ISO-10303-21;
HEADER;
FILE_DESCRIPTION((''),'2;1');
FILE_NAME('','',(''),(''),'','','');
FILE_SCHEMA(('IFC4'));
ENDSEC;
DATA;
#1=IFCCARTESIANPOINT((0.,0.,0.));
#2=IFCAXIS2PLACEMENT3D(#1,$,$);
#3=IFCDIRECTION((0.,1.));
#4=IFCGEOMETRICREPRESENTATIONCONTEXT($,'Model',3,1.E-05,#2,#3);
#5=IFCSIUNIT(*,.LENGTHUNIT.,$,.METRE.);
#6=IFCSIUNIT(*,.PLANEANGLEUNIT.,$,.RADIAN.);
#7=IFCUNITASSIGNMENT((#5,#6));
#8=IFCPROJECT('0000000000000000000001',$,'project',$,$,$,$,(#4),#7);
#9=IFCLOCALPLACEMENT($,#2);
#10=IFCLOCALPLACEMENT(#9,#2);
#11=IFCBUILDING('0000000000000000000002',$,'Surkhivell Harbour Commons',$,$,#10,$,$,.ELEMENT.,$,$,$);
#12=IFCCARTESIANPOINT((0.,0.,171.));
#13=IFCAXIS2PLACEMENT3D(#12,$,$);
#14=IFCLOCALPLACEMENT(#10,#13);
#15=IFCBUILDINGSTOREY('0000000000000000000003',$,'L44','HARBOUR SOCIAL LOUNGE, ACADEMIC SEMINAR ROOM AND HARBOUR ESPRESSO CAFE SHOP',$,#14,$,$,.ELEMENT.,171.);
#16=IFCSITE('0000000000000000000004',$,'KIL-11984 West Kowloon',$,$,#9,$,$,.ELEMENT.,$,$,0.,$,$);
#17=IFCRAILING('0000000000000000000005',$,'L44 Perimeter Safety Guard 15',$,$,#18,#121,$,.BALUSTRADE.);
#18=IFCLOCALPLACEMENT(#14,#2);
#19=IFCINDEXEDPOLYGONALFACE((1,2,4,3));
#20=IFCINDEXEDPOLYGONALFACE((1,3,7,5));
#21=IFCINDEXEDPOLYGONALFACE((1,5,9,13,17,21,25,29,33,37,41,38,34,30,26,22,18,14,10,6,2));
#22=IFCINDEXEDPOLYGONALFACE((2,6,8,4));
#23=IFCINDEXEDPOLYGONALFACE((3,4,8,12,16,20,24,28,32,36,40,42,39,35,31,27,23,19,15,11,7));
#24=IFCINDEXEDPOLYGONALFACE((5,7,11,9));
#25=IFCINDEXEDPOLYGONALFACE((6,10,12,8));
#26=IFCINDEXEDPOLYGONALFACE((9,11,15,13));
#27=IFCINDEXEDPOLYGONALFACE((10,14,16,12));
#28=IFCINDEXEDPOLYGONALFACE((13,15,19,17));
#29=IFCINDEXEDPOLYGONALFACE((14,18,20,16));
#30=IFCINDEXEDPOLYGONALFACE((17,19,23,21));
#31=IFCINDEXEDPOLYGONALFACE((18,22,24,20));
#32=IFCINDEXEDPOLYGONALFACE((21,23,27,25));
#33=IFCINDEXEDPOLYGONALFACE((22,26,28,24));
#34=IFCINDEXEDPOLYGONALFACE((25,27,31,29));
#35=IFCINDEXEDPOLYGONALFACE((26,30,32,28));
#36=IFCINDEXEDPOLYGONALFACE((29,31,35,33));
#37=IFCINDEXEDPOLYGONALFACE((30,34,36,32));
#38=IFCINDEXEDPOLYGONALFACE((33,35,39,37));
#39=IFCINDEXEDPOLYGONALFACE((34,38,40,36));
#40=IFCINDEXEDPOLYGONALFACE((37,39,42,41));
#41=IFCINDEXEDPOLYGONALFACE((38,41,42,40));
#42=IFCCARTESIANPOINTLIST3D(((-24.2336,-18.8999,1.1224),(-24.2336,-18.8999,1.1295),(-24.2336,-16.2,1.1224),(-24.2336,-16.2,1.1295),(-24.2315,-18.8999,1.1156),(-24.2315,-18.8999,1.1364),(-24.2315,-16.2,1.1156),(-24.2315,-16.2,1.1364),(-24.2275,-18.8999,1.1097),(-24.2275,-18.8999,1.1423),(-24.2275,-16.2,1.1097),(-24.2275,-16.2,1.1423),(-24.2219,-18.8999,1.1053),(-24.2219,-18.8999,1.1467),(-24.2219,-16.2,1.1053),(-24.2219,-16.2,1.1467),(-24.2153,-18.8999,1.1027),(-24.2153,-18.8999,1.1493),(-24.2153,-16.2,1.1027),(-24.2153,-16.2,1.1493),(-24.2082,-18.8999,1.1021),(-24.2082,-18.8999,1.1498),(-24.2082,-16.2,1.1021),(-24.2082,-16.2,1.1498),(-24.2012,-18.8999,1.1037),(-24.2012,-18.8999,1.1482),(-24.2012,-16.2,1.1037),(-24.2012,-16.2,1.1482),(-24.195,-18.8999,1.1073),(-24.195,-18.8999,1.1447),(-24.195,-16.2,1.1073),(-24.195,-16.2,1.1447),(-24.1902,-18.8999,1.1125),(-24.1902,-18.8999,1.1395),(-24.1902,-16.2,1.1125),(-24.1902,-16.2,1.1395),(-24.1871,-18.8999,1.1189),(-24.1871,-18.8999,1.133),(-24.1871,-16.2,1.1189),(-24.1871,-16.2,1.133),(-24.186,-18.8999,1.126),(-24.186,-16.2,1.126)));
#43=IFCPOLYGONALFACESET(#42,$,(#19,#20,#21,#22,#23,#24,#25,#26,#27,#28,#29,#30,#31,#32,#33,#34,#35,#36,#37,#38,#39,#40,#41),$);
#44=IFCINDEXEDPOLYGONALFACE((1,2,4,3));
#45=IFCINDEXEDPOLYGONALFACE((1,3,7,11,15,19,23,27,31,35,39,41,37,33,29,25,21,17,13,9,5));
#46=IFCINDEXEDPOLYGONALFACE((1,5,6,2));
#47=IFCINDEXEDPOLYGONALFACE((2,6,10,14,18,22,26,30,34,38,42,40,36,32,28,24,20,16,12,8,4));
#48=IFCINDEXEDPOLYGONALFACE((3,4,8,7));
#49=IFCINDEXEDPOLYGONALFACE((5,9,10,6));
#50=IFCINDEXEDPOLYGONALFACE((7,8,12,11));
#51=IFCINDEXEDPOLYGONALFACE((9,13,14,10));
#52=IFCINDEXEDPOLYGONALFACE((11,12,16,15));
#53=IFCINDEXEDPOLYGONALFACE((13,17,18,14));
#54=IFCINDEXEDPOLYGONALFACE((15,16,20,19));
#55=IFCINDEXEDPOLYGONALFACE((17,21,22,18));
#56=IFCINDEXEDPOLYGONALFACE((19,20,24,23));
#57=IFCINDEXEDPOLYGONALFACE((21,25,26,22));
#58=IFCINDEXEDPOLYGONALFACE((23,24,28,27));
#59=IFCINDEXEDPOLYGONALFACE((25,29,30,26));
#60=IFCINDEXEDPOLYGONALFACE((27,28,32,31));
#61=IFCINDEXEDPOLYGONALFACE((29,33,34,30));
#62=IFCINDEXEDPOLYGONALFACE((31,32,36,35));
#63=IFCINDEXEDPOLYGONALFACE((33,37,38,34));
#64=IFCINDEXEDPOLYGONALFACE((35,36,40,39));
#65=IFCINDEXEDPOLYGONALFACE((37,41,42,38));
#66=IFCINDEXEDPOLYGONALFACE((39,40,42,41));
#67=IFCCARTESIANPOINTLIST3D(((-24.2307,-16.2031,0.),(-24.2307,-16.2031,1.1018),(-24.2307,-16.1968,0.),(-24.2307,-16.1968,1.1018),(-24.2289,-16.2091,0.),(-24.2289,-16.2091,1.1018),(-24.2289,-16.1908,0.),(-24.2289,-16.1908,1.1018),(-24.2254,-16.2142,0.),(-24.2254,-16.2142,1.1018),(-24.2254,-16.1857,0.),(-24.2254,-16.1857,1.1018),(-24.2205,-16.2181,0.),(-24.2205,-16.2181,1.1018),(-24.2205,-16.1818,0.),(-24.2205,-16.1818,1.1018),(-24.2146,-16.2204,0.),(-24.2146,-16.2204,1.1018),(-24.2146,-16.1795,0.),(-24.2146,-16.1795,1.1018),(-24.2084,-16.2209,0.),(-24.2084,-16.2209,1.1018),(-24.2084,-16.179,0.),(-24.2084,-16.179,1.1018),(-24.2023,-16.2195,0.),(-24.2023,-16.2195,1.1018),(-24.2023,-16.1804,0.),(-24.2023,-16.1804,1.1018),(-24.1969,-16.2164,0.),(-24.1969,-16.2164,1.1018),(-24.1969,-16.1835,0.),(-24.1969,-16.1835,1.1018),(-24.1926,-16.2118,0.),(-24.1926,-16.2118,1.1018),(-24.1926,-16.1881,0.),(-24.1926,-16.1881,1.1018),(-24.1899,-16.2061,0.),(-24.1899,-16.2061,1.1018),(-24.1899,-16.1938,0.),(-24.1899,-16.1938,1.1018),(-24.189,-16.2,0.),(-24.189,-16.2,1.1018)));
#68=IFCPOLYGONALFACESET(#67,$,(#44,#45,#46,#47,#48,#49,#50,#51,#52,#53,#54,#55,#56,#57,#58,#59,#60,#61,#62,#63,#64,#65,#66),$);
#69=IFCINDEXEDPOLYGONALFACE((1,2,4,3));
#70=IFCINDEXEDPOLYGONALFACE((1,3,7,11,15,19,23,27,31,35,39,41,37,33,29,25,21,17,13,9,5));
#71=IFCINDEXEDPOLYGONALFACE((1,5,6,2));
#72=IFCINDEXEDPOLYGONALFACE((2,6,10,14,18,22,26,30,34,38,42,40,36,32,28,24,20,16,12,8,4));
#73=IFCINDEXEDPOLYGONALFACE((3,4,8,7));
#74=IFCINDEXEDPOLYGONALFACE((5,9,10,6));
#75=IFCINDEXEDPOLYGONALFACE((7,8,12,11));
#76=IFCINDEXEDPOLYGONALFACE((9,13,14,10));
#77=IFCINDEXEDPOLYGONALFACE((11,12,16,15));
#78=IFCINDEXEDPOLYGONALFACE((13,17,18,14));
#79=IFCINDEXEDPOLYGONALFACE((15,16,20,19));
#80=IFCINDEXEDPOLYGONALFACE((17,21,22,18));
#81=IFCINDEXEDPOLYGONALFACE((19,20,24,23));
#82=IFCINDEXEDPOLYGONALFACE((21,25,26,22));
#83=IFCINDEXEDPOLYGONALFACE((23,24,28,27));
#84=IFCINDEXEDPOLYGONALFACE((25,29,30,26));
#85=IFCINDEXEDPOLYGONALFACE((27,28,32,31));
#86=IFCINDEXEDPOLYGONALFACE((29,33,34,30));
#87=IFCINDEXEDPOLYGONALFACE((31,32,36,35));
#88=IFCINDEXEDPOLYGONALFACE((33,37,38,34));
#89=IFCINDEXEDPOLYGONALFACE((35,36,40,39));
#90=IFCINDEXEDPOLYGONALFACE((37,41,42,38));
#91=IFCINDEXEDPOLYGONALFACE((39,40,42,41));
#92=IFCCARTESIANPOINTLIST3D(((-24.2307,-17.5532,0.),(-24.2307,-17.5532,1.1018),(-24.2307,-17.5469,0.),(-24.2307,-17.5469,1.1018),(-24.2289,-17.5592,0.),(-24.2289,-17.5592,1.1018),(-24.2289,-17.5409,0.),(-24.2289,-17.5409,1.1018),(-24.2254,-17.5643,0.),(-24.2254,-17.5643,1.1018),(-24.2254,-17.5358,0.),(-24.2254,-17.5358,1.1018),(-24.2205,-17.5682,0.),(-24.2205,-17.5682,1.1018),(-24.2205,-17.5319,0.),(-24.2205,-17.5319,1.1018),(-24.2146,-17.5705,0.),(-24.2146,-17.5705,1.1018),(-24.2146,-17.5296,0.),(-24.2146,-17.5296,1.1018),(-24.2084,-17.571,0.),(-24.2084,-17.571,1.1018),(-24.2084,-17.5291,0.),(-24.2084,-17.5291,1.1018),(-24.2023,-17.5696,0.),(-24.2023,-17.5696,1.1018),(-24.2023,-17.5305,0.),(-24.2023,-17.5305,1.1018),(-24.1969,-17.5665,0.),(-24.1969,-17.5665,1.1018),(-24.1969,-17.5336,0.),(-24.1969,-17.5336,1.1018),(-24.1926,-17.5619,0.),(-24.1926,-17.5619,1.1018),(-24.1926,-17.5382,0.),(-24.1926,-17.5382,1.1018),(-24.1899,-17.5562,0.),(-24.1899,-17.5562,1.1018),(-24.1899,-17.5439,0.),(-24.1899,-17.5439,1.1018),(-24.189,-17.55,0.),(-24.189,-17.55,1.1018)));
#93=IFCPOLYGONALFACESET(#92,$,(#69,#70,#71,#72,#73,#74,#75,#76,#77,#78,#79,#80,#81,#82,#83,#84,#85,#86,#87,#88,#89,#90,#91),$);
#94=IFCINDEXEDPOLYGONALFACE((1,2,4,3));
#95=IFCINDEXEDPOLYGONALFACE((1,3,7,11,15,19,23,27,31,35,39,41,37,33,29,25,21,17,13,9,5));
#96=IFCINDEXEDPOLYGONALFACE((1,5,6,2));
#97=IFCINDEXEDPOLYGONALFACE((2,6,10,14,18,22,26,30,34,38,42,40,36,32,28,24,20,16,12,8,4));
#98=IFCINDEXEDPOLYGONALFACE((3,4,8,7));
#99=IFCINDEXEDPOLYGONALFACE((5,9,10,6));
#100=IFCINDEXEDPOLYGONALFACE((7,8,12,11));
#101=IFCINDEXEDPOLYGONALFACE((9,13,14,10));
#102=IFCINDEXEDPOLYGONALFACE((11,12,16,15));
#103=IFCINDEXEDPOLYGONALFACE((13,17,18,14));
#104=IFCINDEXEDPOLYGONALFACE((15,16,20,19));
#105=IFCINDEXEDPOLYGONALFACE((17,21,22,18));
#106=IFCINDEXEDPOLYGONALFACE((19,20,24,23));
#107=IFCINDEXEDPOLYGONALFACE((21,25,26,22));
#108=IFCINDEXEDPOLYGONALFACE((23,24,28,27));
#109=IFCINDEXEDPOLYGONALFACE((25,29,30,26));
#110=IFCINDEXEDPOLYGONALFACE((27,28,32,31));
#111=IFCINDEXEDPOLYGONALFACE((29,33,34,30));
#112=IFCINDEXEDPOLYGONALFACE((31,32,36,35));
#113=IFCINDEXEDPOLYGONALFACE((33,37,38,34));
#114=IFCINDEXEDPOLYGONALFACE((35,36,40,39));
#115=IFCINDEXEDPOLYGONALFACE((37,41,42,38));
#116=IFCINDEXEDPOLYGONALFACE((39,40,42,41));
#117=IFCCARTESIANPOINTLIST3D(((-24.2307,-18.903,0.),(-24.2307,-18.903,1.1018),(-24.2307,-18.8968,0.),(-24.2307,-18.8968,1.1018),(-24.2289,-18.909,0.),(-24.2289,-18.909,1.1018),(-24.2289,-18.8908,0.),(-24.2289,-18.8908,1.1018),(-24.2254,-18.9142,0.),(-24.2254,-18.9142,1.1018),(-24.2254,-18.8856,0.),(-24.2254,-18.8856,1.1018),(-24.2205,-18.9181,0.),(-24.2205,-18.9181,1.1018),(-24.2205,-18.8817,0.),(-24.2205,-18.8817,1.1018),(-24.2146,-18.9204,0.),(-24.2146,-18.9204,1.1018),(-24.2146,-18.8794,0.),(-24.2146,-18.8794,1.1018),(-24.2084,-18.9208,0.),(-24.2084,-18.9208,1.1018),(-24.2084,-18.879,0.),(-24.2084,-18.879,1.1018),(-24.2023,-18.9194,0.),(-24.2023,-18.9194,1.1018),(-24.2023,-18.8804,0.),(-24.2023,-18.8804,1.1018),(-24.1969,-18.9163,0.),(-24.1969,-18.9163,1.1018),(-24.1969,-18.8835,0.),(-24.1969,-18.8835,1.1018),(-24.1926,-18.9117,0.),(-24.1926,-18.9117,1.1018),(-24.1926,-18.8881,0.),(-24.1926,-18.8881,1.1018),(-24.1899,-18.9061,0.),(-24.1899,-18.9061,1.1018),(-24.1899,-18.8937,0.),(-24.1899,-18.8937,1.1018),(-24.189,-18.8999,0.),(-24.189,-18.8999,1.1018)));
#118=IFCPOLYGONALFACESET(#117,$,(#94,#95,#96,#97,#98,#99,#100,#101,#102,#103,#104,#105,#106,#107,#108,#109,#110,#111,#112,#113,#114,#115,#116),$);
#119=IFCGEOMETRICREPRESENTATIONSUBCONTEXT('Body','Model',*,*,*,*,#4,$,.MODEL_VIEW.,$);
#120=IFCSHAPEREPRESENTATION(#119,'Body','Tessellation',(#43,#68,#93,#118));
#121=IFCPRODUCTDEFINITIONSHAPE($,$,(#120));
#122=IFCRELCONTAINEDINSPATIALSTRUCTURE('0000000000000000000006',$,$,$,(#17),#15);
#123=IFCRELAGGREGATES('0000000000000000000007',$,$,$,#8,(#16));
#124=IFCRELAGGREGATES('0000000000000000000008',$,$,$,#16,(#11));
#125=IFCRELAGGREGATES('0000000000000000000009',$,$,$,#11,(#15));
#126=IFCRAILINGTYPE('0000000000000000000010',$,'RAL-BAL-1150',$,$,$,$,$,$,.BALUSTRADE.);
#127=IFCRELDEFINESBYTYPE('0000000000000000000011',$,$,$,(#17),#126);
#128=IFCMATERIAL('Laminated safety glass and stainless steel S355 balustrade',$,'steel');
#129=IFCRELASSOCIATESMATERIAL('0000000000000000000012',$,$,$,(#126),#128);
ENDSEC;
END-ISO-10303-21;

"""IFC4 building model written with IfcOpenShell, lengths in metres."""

from ifc_helpers import new_model, si_unit, direction, frame, origin, origin_2d, place, context, subcontext, project, spatial, circle, extrude, material, type_object, element, save


model = new_model("IFC4")

# Units and contexts
model_context = context("Model", 3, precision=1e-05, world=origin(), true_north=direction((0.0, 1.0)))
body_context = subcontext(model_context, "Body", "Model", "MODEL_VIEW")
ifc_project = project(units=[si_unit("LENGTHUNIT", "METRE"), si_unit("PLANEANGLEUNIT", "RADIAN")], contexts=[model_context])

# Site, building, storey
site_placement = place(None, origin())
site = spatial("IfcSite", under=ifc_project, at=site_placement, Name="KIL-11984 West Kowloon", CompositionType="ELEMENT", RefElevation=0.0)
building_placement = place(site_placement, origin())
building = spatial("IfcBuilding", under=site, at=building_placement, Name="Surkhivell Harbour Commons", CompositionType="ELEMENT")
storey_placement = place(building_placement, frame((0.0, 0.0, 171.0)))
storey = spatial("IfcBuildingStorey", under=building, at=storey_placement, Name="L44", Description="HARBOUR SOCIAL LOUNGE, ACADEMIC SEMINAR ROOM AND HARBOUR ESPRESSO CAFE SHOP", CompositionType="ELEMENT", Elevation=171.0)

# Railing
ifc_material_1 = material(Name="Laminated safety glass and stainless steel S355 balustrade", Category="steel")
railing_type = type_object("IfcRailingType", Name="RAL-BAL-1150", PredefinedType="BALUSTRADE", material=ifc_material_1)
railing_1_placement = place(storey_placement, frame((-24.21, -16.2, 0.0)))
element("IfcRailing", 1, at=railing_1_placement, inside=storey, type_object=railing_type, Name="L44 Perimeter Safety Guard 15", PredefinedType="BALUSTRADE", context=body_context, shape_type="SweptSolid", body=[
    extrude(circle(Radius=0.0239, at=origin_2d()), frame((0.0, 0.0, 1.126), z_axis=(0.0, -1.0, 0.0), x_axis=(1.0, 0.0, 0.0)), (0.0, 0.0, 1.0), 2.7),
    extrude(circle(Radius=0.021, at=origin_2d()), origin(), (0.0, 0.0, 1.0), 1.1018),
    extrude(circle(Radius=0.021, at=origin_2d()), frame((0.0, -1.3501, 0.0)), (0.0, 0.0, 1.0), 1.1018),
    extrude(circle(Radius=0.021, at=origin_2d()), frame((0.0, -2.7, 0.0)), (0.0, 0.0, 1.0), 1.1018),
])

save(model, "model.ifc")
